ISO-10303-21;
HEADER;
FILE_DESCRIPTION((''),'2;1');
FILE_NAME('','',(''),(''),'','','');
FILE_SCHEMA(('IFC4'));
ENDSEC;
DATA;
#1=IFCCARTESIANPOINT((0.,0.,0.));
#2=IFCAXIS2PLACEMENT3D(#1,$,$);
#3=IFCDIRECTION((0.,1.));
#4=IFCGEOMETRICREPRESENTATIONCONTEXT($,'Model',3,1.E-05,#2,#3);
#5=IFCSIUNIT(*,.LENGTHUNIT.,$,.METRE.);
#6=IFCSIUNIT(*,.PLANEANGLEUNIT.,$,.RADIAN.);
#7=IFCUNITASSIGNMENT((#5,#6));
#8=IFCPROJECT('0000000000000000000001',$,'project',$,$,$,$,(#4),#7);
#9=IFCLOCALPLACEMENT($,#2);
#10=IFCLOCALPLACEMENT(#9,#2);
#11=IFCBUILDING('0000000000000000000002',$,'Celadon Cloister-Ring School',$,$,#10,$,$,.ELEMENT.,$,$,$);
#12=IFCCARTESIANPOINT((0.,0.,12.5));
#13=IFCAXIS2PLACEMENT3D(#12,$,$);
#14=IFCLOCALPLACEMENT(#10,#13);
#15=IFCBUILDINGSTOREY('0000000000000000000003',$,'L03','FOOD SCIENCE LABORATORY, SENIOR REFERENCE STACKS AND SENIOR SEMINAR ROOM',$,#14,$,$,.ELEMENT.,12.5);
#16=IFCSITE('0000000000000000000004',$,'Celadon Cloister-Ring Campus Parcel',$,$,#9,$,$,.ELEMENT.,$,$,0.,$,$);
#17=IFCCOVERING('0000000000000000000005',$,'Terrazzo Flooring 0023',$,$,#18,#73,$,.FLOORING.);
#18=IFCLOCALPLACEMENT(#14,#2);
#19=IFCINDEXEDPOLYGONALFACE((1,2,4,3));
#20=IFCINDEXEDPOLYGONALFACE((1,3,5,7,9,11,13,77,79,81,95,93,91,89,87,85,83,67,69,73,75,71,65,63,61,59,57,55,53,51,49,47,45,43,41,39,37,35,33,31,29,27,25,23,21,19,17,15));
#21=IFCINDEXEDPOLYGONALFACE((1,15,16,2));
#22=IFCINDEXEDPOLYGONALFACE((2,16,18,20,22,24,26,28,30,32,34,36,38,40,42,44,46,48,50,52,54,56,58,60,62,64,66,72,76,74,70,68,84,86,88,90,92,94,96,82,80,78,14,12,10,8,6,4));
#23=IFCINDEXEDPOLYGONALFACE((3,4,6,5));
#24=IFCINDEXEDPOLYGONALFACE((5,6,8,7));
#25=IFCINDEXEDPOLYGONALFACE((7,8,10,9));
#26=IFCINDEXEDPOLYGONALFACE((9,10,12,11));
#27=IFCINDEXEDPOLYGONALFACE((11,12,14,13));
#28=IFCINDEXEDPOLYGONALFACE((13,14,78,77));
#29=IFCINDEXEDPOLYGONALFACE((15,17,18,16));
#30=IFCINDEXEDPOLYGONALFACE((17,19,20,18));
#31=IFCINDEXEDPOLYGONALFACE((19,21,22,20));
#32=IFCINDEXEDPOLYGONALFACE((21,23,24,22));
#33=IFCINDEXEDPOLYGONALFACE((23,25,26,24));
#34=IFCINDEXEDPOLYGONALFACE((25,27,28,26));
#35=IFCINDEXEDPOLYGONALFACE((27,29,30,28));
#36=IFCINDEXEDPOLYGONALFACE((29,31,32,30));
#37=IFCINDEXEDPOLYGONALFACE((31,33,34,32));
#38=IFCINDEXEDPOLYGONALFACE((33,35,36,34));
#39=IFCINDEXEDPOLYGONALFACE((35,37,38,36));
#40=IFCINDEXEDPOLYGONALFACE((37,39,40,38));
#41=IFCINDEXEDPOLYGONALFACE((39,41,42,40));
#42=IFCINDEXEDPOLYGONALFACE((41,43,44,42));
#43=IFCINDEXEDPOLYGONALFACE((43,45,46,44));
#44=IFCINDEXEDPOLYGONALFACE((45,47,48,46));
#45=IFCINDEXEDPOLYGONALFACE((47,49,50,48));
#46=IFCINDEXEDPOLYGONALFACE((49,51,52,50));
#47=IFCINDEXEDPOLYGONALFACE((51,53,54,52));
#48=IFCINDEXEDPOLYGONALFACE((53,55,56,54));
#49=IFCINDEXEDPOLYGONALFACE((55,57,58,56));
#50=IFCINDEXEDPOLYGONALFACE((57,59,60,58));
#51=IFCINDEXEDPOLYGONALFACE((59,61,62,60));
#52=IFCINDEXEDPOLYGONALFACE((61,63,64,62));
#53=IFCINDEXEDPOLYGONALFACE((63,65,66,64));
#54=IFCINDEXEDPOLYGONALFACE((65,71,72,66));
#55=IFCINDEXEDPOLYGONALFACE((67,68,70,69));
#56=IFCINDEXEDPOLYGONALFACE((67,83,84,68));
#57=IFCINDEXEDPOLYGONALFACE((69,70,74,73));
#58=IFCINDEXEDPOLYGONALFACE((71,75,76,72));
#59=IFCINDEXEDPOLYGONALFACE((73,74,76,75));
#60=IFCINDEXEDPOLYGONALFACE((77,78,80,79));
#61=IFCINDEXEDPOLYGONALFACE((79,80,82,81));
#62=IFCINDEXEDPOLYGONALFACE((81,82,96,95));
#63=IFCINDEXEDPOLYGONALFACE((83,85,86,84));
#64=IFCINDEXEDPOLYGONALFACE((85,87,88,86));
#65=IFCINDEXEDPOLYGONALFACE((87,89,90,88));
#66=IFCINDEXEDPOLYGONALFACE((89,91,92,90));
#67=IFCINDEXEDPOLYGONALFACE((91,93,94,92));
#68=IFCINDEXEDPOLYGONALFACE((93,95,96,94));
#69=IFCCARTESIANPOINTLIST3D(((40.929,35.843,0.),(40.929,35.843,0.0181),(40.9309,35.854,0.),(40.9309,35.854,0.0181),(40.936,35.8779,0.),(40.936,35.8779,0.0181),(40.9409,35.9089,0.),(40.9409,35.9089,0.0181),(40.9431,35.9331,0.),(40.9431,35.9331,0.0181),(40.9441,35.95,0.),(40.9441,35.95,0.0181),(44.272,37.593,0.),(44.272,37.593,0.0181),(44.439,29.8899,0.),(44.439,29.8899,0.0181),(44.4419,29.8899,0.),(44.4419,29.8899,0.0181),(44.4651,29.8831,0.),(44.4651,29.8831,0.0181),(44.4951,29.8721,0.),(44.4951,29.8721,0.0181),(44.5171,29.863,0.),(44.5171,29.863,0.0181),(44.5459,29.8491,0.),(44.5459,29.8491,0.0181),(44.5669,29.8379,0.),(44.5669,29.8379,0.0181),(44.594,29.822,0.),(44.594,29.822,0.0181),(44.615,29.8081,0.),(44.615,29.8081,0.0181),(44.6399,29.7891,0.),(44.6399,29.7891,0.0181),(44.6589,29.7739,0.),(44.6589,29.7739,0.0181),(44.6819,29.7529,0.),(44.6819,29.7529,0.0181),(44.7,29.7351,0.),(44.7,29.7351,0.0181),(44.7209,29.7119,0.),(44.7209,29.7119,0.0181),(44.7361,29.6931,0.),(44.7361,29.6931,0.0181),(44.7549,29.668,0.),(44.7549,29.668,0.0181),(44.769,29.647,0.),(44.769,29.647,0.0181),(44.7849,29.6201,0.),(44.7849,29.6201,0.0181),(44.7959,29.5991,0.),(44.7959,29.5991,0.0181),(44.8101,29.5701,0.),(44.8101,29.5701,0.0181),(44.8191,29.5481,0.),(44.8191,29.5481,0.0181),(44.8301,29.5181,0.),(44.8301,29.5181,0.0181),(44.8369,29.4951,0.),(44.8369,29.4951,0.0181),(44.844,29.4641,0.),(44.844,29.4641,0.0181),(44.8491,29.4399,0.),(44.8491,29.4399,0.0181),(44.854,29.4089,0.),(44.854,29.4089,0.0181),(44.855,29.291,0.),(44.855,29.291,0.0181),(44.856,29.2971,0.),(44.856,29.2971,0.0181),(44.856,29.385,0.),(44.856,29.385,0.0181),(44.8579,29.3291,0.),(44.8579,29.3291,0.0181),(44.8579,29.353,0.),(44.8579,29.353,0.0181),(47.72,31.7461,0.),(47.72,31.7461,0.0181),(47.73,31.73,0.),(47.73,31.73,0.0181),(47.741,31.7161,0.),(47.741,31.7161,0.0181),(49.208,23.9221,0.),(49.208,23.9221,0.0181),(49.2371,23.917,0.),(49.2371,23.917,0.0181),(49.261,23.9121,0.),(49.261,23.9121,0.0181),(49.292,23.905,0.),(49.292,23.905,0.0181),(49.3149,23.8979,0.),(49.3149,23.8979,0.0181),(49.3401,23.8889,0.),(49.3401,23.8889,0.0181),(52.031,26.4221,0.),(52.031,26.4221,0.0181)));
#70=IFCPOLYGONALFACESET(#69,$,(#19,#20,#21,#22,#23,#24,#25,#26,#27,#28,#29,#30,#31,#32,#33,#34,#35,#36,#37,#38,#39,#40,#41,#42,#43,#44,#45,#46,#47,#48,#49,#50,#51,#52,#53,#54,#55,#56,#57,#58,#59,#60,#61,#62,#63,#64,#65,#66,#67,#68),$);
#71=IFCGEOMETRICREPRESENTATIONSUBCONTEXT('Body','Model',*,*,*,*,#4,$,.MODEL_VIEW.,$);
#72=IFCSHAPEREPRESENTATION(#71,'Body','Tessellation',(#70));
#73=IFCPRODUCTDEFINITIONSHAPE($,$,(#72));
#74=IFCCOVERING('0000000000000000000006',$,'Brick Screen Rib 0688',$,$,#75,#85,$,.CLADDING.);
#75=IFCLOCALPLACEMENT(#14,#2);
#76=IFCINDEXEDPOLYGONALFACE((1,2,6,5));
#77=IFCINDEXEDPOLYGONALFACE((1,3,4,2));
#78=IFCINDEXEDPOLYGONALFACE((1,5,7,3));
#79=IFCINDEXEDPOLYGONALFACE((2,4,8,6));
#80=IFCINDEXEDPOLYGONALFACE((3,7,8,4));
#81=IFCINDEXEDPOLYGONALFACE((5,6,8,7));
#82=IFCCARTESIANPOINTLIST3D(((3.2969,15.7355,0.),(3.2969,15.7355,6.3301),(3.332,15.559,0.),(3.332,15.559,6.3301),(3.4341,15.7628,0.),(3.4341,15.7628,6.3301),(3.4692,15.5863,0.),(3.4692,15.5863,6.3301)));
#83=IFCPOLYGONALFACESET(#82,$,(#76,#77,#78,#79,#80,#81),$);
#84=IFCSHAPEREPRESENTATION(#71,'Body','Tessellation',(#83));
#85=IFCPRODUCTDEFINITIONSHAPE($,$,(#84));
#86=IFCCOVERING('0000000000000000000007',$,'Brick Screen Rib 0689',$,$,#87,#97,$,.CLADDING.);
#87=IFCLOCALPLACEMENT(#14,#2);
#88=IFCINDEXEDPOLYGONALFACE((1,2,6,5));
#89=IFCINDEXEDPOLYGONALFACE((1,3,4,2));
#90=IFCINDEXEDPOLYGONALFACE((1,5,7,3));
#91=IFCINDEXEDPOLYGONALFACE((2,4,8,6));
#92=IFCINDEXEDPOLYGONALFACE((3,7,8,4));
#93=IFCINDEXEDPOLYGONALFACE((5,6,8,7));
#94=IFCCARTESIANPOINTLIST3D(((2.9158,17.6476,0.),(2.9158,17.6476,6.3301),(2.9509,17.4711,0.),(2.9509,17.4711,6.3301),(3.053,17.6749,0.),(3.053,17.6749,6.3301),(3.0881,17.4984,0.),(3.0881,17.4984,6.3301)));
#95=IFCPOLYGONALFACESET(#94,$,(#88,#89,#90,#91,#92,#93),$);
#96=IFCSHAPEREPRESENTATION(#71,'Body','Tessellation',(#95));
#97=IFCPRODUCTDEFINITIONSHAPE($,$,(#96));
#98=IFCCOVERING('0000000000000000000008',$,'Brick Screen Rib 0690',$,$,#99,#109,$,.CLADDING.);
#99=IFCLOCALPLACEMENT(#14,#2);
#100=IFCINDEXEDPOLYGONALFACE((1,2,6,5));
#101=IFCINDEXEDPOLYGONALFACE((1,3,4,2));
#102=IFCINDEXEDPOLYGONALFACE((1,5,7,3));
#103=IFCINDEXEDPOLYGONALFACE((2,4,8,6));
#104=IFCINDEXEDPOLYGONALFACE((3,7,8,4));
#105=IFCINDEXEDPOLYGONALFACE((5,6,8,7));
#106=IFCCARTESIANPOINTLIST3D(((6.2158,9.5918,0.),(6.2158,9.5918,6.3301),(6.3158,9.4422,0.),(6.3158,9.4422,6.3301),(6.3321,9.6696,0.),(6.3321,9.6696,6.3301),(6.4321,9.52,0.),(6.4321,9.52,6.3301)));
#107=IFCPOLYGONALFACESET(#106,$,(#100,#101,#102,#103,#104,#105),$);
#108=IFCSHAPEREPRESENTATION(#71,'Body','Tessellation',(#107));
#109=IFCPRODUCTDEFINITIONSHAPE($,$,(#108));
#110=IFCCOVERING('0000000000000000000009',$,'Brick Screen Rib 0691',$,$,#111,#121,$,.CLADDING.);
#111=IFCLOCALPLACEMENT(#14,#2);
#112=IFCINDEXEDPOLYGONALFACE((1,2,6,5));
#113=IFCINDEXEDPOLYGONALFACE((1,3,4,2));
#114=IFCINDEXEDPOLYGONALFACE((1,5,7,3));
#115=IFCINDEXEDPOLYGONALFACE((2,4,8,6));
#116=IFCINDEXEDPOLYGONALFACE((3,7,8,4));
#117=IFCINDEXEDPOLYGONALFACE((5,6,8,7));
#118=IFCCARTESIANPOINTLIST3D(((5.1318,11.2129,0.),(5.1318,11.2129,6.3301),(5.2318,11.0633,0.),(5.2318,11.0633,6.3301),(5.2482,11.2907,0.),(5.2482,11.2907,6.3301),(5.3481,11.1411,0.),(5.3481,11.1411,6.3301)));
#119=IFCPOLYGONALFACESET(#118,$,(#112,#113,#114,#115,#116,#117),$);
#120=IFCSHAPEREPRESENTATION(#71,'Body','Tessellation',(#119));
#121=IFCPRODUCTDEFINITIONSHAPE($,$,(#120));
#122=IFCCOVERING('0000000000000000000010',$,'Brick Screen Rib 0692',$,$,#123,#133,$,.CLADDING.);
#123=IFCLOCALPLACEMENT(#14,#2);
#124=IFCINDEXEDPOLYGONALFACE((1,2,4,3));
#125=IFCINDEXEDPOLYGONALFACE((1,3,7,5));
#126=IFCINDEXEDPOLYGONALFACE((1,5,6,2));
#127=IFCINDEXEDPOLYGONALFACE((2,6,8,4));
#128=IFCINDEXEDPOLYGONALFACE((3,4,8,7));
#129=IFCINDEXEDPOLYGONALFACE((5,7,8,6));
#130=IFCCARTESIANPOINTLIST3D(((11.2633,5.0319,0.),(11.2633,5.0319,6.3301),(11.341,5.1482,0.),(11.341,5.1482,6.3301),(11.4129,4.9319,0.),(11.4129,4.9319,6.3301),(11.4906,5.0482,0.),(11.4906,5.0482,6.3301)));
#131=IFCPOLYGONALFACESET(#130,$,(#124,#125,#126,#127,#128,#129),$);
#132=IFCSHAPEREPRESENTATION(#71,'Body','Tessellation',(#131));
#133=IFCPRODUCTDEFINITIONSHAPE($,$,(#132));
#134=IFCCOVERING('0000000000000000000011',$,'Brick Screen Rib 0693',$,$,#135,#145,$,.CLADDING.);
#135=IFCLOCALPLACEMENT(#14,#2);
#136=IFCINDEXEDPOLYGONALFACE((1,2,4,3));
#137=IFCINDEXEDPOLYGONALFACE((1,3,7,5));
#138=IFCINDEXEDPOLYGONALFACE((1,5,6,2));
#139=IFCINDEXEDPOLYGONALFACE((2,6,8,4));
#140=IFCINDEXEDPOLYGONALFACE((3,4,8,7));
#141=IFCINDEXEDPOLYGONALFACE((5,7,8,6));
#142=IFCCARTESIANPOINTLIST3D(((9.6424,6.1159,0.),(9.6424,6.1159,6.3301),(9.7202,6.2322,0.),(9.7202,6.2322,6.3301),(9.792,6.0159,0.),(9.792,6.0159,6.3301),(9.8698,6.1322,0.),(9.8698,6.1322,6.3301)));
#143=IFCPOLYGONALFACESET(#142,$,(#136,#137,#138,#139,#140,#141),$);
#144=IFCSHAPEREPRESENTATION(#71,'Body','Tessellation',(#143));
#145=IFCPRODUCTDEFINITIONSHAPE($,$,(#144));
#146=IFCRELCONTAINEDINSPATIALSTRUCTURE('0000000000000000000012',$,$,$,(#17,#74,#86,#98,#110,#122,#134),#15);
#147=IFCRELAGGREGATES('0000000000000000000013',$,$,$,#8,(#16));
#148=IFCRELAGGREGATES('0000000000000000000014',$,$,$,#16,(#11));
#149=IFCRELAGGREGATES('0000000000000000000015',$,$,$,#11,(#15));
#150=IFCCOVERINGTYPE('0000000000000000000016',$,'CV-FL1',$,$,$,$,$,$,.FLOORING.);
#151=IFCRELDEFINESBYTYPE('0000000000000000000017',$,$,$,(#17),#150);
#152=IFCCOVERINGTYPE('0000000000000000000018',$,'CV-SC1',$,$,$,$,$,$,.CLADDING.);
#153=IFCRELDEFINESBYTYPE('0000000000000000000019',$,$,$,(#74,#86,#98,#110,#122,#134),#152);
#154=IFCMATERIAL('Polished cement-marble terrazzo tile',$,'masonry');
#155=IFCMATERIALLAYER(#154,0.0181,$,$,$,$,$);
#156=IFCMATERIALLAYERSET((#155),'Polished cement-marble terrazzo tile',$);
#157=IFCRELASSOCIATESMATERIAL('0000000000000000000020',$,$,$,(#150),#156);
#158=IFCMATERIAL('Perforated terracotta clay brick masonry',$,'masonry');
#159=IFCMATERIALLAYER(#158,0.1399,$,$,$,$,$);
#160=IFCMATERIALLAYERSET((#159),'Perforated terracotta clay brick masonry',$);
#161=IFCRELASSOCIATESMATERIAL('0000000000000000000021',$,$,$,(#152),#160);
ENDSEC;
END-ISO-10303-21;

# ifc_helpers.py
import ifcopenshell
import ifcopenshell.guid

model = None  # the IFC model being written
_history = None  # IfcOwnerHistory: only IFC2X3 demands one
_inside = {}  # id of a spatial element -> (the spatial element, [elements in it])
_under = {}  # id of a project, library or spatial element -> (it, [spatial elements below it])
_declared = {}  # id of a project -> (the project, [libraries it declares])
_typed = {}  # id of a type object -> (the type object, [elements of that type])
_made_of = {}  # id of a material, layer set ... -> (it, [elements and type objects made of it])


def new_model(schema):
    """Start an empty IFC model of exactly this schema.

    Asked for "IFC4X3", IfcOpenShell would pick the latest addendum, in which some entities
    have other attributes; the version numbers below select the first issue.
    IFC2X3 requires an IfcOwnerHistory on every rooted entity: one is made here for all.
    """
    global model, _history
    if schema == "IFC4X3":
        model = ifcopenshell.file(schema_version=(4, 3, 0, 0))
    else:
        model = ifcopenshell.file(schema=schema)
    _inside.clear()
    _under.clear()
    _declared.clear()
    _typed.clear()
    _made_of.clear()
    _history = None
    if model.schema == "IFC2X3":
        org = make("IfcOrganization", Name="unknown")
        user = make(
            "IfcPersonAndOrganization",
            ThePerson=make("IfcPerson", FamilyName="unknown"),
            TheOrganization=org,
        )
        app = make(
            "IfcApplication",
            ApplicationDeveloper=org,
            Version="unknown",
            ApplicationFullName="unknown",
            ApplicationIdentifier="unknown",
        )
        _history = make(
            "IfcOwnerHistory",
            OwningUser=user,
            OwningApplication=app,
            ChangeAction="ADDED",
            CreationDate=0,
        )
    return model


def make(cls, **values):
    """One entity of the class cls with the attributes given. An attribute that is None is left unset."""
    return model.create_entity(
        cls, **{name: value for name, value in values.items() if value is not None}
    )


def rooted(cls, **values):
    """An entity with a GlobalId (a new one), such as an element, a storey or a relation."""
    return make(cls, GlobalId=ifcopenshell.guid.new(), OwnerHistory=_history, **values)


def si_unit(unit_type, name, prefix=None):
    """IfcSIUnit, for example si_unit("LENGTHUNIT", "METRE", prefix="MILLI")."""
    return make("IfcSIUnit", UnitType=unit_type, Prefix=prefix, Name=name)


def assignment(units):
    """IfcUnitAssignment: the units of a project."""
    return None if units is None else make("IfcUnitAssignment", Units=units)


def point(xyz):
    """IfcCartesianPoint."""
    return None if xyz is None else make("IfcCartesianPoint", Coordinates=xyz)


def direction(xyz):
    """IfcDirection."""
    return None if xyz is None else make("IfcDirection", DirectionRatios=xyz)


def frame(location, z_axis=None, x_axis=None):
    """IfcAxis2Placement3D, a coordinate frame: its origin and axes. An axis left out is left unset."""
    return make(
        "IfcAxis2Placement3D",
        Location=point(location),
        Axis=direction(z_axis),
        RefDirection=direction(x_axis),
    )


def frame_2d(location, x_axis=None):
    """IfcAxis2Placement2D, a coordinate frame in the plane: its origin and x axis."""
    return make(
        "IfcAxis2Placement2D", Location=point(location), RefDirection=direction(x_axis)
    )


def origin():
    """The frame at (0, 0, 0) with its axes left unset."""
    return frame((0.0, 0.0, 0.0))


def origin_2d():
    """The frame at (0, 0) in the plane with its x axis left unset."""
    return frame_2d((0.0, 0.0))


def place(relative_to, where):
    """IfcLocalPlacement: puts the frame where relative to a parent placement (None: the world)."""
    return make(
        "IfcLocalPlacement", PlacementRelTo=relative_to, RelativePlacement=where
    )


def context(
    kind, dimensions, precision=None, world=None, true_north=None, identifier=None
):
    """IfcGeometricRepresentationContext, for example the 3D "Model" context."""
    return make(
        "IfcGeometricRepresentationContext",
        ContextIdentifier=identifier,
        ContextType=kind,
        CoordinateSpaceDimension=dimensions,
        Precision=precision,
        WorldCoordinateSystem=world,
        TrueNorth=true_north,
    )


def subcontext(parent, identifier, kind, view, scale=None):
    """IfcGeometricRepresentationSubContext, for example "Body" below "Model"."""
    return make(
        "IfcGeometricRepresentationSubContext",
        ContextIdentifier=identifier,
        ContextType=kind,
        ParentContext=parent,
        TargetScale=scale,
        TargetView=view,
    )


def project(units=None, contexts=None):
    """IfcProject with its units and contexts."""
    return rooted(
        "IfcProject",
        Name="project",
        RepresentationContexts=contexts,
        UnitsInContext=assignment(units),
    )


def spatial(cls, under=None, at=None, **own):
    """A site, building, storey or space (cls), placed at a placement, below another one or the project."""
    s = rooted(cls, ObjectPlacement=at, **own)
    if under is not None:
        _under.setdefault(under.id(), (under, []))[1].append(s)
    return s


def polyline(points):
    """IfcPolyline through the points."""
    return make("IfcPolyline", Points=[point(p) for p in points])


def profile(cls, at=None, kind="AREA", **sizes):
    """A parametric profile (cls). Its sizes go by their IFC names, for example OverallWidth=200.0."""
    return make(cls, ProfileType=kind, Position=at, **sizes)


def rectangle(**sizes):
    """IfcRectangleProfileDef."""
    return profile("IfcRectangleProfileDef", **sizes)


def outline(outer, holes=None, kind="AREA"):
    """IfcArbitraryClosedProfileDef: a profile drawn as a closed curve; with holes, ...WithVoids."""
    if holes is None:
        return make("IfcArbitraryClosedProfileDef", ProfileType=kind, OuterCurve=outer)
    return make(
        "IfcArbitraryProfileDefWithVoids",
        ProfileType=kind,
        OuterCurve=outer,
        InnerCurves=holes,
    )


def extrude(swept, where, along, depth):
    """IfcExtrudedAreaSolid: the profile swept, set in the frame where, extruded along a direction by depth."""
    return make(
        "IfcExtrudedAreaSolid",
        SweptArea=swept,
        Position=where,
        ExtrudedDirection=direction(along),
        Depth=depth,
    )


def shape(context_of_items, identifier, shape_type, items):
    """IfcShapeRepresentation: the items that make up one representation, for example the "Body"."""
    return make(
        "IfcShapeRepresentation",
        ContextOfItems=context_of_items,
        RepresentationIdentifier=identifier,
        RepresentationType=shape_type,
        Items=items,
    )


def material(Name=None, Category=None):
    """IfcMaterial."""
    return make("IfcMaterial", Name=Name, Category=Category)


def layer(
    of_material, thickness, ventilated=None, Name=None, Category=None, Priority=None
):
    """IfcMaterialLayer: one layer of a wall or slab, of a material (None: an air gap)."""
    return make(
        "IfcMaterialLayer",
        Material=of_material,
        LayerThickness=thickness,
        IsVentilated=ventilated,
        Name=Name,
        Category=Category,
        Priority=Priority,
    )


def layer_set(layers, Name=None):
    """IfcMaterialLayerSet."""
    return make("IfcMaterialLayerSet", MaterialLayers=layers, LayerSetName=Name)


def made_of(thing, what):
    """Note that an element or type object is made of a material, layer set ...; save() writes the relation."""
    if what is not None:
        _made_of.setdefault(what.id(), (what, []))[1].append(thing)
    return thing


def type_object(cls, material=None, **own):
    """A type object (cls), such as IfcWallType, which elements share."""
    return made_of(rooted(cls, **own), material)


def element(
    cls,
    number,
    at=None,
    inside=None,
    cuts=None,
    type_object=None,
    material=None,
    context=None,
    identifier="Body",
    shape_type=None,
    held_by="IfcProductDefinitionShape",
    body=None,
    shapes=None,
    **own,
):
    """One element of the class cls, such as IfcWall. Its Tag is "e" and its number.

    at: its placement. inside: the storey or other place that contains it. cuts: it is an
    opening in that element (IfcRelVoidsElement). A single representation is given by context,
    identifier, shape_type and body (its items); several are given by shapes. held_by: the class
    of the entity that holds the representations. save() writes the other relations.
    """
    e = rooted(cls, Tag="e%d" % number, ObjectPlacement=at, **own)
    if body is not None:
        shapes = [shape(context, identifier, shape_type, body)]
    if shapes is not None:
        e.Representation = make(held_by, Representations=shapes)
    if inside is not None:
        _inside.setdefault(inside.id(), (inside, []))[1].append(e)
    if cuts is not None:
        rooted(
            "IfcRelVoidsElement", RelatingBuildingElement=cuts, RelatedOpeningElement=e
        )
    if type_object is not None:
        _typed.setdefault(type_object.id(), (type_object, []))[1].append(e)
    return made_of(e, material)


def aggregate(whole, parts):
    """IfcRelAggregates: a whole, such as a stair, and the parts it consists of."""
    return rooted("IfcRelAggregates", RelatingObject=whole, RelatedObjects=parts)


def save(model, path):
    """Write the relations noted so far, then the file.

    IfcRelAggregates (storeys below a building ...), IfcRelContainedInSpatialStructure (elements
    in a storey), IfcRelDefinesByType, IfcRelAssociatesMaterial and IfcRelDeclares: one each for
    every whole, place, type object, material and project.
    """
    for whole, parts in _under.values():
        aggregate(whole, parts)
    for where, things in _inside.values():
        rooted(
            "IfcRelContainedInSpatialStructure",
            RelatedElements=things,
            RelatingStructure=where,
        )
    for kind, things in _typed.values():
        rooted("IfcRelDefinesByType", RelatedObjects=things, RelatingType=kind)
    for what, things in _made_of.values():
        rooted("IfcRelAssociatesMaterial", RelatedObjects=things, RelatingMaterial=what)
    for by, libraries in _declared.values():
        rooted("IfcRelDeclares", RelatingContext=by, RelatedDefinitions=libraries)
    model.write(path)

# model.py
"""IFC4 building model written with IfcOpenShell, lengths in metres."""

from ifc_helpers import new_model, si_unit, direction, frame, origin, origin_2d, place, context, subcontext, project, spatial, polyline, rectangle, outline, extrude, material, layer, layer_set, type_object, element, save


model = new_model("IFC4")

# Units and contexts
model_context = context("Model", 3, precision=1e-05, world=origin(), true_north=direction((0.0, 1.0)))
body_context = subcontext(model_context, "Body", "Model", "MODEL_VIEW")
ifc_project = project(units=[si_unit("LENGTHUNIT", "METRE"), si_unit("PLANEANGLEUNIT", "RADIAN")], contexts=[model_context])

# Site, building, storey
site_placement = place(None, origin())
site = spatial("IfcSite", under=ifc_project, at=site_placement, Name="Celadon Cloister-Ring Campus Parcel", CompositionType="ELEMENT", RefElevation=0.0)
building_placement = place(site_placement, origin())
building = spatial("IfcBuilding", under=site, at=building_placement, Name="Celadon Cloister-Ring School", CompositionType="ELEMENT")
storey_placement = place(building_placement, frame((0.0, 0.0, 12.5)))
storey = spatial("IfcBuildingStorey", under=building, at=storey_placement, Name="L03", Description="FOOD SCIENCE LABORATORY, SENIOR REFERENCE STACKS AND SENIOR SEMINAR ROOM", CompositionType="ELEMENT", Elevation=12.5)

# Coverings
ifc_material_1 = material(Name="Polished cement-marble terrazzo tile", Category="masonry")
ifc_layer_1 = layer(ifc_material_1, 0.0181)
ifc_layer_set_1 = layer_set([ifc_layer_1], Name="Polished cement-marble terrazzo tile")
covering_type_1 = type_object("IfcCoveringType", Name="CV-FL1", PredefinedType="FLOORING", material=ifc_layer_set_1)
covering_1_placement = place(storey_placement, origin())
element("IfcCovering", 1, at=covering_1_placement, inside=storey, type_object=covering_type_1, Name="Terrazzo Flooring 0023", PredefinedType="FLOORING", context=body_context, shape_type="SweptSolid", body=[
    extrude(outline(polyline([(40.929, 35.843), (40.9309, 35.854), (40.936, 35.8779), (40.9409, 35.9089), (40.9431, 35.9331), (40.9441, 35.95), (44.272, 37.593), (47.72, 31.7461), (47.73, 31.73), (47.741, 31.7161), (52.031, 26.4221), (49.3401, 23.8889), (49.3149, 23.8979), (49.292, 23.905), (49.261, 23.9121), (49.2371, 23.917), (49.208, 23.9221), (44.855, 29.291), (44.856, 29.2971), (44.8579, 29.3291), (44.8579, 29.353), (44.856, 29.385), (44.854, 29.4089), (44.8491, 29.4399), (44.844, 29.4641), (44.8369, 29.4951), (44.8301, 29.5181), (44.8191, 29.5481), (44.8101, 29.5701), (44.7959, 29.5991), (44.7849, 29.6201), (44.769, 29.647), (44.7549, 29.668), (44.7361, 29.6931), (44.7209, 29.7119), (44.7, 29.7351), (44.6819, 29.7529), (44.6589, 29.7739), (44.6399, 29.7891), (44.615, 29.8081), (44.594, 29.822), (44.5669, 29.8379), (44.5459, 29.8491), (44.5171, 29.863), (44.4951, 29.8721), (44.4651, 29.8831), (44.4419, 29.8899), (44.439, 29.8899), (40.929, 35.843)])), origin(), (0.0, 0.0, 1.0), 0.0181),
])
ifc_material_2 = material(Name="Perforated terracotta clay brick masonry", Category="masonry")
ifc_layer_2 = layer(ifc_material_2, 0.1399)
ifc_layer_set_2 = layer_set([ifc_layer_2], Name="Perforated terracotta clay brick masonry")
covering_type_2 = type_object("IfcCoveringType", Name="CV-SC1", PredefinedType="CLADDING", material=ifc_layer_set_2)
for number, where, z_axis, x_axis, name in (
    (2, (3.3831, 15.6609, 0.0), (0.0, 0.0, 1.0), (-0.195142, 0.980775, 0.0), "Brick Screen Rib 0688"),
    (3, (3.002, 17.573, 0.0), (0.0, 0.0, 1.0), (-0.195142, 0.980775, 0.0), "Brick Screen Rib 0689"),
    (4, (6.324, 9.5559, 0.0), (0.0, 0.0, 1.0), (-0.555672, 0.831402, 0.0), "Brick Screen Rib 0690"),
    (5, (5.24, 11.177, 0.0), (0.0, 0.0, 1.0), (-0.555672, 0.831402, 0.0), "Brick Screen Rib 0691"),
    (6, (11.377, 5.04, 0.0), (0.0, 0.0, 1.0), (-0.831402, 0.555672, 0.0), "Brick Screen Rib 0692"),
    (7, (9.7561, 6.124, 0.0), (0.0, 0.0, 1.0), (-0.831402, 0.555672, 0.0), "Brick Screen Rib 0693"),
):
    element("IfcCovering", number, at=place(storey_placement, frame(where, z_axis=z_axis, x_axis=x_axis)), inside=storey, type_object=covering_type_2, Name=name, PredefinedType="CLADDING", context=body_context, shape_type="SweptSolid", body=[
        extrude(rectangle(XDim=0.1799, YDim=0.1399, at=origin_2d()), origin(), (0.0, 0.0, 1.0), 6.3301),
    ])

save(model, "model.ifc")
